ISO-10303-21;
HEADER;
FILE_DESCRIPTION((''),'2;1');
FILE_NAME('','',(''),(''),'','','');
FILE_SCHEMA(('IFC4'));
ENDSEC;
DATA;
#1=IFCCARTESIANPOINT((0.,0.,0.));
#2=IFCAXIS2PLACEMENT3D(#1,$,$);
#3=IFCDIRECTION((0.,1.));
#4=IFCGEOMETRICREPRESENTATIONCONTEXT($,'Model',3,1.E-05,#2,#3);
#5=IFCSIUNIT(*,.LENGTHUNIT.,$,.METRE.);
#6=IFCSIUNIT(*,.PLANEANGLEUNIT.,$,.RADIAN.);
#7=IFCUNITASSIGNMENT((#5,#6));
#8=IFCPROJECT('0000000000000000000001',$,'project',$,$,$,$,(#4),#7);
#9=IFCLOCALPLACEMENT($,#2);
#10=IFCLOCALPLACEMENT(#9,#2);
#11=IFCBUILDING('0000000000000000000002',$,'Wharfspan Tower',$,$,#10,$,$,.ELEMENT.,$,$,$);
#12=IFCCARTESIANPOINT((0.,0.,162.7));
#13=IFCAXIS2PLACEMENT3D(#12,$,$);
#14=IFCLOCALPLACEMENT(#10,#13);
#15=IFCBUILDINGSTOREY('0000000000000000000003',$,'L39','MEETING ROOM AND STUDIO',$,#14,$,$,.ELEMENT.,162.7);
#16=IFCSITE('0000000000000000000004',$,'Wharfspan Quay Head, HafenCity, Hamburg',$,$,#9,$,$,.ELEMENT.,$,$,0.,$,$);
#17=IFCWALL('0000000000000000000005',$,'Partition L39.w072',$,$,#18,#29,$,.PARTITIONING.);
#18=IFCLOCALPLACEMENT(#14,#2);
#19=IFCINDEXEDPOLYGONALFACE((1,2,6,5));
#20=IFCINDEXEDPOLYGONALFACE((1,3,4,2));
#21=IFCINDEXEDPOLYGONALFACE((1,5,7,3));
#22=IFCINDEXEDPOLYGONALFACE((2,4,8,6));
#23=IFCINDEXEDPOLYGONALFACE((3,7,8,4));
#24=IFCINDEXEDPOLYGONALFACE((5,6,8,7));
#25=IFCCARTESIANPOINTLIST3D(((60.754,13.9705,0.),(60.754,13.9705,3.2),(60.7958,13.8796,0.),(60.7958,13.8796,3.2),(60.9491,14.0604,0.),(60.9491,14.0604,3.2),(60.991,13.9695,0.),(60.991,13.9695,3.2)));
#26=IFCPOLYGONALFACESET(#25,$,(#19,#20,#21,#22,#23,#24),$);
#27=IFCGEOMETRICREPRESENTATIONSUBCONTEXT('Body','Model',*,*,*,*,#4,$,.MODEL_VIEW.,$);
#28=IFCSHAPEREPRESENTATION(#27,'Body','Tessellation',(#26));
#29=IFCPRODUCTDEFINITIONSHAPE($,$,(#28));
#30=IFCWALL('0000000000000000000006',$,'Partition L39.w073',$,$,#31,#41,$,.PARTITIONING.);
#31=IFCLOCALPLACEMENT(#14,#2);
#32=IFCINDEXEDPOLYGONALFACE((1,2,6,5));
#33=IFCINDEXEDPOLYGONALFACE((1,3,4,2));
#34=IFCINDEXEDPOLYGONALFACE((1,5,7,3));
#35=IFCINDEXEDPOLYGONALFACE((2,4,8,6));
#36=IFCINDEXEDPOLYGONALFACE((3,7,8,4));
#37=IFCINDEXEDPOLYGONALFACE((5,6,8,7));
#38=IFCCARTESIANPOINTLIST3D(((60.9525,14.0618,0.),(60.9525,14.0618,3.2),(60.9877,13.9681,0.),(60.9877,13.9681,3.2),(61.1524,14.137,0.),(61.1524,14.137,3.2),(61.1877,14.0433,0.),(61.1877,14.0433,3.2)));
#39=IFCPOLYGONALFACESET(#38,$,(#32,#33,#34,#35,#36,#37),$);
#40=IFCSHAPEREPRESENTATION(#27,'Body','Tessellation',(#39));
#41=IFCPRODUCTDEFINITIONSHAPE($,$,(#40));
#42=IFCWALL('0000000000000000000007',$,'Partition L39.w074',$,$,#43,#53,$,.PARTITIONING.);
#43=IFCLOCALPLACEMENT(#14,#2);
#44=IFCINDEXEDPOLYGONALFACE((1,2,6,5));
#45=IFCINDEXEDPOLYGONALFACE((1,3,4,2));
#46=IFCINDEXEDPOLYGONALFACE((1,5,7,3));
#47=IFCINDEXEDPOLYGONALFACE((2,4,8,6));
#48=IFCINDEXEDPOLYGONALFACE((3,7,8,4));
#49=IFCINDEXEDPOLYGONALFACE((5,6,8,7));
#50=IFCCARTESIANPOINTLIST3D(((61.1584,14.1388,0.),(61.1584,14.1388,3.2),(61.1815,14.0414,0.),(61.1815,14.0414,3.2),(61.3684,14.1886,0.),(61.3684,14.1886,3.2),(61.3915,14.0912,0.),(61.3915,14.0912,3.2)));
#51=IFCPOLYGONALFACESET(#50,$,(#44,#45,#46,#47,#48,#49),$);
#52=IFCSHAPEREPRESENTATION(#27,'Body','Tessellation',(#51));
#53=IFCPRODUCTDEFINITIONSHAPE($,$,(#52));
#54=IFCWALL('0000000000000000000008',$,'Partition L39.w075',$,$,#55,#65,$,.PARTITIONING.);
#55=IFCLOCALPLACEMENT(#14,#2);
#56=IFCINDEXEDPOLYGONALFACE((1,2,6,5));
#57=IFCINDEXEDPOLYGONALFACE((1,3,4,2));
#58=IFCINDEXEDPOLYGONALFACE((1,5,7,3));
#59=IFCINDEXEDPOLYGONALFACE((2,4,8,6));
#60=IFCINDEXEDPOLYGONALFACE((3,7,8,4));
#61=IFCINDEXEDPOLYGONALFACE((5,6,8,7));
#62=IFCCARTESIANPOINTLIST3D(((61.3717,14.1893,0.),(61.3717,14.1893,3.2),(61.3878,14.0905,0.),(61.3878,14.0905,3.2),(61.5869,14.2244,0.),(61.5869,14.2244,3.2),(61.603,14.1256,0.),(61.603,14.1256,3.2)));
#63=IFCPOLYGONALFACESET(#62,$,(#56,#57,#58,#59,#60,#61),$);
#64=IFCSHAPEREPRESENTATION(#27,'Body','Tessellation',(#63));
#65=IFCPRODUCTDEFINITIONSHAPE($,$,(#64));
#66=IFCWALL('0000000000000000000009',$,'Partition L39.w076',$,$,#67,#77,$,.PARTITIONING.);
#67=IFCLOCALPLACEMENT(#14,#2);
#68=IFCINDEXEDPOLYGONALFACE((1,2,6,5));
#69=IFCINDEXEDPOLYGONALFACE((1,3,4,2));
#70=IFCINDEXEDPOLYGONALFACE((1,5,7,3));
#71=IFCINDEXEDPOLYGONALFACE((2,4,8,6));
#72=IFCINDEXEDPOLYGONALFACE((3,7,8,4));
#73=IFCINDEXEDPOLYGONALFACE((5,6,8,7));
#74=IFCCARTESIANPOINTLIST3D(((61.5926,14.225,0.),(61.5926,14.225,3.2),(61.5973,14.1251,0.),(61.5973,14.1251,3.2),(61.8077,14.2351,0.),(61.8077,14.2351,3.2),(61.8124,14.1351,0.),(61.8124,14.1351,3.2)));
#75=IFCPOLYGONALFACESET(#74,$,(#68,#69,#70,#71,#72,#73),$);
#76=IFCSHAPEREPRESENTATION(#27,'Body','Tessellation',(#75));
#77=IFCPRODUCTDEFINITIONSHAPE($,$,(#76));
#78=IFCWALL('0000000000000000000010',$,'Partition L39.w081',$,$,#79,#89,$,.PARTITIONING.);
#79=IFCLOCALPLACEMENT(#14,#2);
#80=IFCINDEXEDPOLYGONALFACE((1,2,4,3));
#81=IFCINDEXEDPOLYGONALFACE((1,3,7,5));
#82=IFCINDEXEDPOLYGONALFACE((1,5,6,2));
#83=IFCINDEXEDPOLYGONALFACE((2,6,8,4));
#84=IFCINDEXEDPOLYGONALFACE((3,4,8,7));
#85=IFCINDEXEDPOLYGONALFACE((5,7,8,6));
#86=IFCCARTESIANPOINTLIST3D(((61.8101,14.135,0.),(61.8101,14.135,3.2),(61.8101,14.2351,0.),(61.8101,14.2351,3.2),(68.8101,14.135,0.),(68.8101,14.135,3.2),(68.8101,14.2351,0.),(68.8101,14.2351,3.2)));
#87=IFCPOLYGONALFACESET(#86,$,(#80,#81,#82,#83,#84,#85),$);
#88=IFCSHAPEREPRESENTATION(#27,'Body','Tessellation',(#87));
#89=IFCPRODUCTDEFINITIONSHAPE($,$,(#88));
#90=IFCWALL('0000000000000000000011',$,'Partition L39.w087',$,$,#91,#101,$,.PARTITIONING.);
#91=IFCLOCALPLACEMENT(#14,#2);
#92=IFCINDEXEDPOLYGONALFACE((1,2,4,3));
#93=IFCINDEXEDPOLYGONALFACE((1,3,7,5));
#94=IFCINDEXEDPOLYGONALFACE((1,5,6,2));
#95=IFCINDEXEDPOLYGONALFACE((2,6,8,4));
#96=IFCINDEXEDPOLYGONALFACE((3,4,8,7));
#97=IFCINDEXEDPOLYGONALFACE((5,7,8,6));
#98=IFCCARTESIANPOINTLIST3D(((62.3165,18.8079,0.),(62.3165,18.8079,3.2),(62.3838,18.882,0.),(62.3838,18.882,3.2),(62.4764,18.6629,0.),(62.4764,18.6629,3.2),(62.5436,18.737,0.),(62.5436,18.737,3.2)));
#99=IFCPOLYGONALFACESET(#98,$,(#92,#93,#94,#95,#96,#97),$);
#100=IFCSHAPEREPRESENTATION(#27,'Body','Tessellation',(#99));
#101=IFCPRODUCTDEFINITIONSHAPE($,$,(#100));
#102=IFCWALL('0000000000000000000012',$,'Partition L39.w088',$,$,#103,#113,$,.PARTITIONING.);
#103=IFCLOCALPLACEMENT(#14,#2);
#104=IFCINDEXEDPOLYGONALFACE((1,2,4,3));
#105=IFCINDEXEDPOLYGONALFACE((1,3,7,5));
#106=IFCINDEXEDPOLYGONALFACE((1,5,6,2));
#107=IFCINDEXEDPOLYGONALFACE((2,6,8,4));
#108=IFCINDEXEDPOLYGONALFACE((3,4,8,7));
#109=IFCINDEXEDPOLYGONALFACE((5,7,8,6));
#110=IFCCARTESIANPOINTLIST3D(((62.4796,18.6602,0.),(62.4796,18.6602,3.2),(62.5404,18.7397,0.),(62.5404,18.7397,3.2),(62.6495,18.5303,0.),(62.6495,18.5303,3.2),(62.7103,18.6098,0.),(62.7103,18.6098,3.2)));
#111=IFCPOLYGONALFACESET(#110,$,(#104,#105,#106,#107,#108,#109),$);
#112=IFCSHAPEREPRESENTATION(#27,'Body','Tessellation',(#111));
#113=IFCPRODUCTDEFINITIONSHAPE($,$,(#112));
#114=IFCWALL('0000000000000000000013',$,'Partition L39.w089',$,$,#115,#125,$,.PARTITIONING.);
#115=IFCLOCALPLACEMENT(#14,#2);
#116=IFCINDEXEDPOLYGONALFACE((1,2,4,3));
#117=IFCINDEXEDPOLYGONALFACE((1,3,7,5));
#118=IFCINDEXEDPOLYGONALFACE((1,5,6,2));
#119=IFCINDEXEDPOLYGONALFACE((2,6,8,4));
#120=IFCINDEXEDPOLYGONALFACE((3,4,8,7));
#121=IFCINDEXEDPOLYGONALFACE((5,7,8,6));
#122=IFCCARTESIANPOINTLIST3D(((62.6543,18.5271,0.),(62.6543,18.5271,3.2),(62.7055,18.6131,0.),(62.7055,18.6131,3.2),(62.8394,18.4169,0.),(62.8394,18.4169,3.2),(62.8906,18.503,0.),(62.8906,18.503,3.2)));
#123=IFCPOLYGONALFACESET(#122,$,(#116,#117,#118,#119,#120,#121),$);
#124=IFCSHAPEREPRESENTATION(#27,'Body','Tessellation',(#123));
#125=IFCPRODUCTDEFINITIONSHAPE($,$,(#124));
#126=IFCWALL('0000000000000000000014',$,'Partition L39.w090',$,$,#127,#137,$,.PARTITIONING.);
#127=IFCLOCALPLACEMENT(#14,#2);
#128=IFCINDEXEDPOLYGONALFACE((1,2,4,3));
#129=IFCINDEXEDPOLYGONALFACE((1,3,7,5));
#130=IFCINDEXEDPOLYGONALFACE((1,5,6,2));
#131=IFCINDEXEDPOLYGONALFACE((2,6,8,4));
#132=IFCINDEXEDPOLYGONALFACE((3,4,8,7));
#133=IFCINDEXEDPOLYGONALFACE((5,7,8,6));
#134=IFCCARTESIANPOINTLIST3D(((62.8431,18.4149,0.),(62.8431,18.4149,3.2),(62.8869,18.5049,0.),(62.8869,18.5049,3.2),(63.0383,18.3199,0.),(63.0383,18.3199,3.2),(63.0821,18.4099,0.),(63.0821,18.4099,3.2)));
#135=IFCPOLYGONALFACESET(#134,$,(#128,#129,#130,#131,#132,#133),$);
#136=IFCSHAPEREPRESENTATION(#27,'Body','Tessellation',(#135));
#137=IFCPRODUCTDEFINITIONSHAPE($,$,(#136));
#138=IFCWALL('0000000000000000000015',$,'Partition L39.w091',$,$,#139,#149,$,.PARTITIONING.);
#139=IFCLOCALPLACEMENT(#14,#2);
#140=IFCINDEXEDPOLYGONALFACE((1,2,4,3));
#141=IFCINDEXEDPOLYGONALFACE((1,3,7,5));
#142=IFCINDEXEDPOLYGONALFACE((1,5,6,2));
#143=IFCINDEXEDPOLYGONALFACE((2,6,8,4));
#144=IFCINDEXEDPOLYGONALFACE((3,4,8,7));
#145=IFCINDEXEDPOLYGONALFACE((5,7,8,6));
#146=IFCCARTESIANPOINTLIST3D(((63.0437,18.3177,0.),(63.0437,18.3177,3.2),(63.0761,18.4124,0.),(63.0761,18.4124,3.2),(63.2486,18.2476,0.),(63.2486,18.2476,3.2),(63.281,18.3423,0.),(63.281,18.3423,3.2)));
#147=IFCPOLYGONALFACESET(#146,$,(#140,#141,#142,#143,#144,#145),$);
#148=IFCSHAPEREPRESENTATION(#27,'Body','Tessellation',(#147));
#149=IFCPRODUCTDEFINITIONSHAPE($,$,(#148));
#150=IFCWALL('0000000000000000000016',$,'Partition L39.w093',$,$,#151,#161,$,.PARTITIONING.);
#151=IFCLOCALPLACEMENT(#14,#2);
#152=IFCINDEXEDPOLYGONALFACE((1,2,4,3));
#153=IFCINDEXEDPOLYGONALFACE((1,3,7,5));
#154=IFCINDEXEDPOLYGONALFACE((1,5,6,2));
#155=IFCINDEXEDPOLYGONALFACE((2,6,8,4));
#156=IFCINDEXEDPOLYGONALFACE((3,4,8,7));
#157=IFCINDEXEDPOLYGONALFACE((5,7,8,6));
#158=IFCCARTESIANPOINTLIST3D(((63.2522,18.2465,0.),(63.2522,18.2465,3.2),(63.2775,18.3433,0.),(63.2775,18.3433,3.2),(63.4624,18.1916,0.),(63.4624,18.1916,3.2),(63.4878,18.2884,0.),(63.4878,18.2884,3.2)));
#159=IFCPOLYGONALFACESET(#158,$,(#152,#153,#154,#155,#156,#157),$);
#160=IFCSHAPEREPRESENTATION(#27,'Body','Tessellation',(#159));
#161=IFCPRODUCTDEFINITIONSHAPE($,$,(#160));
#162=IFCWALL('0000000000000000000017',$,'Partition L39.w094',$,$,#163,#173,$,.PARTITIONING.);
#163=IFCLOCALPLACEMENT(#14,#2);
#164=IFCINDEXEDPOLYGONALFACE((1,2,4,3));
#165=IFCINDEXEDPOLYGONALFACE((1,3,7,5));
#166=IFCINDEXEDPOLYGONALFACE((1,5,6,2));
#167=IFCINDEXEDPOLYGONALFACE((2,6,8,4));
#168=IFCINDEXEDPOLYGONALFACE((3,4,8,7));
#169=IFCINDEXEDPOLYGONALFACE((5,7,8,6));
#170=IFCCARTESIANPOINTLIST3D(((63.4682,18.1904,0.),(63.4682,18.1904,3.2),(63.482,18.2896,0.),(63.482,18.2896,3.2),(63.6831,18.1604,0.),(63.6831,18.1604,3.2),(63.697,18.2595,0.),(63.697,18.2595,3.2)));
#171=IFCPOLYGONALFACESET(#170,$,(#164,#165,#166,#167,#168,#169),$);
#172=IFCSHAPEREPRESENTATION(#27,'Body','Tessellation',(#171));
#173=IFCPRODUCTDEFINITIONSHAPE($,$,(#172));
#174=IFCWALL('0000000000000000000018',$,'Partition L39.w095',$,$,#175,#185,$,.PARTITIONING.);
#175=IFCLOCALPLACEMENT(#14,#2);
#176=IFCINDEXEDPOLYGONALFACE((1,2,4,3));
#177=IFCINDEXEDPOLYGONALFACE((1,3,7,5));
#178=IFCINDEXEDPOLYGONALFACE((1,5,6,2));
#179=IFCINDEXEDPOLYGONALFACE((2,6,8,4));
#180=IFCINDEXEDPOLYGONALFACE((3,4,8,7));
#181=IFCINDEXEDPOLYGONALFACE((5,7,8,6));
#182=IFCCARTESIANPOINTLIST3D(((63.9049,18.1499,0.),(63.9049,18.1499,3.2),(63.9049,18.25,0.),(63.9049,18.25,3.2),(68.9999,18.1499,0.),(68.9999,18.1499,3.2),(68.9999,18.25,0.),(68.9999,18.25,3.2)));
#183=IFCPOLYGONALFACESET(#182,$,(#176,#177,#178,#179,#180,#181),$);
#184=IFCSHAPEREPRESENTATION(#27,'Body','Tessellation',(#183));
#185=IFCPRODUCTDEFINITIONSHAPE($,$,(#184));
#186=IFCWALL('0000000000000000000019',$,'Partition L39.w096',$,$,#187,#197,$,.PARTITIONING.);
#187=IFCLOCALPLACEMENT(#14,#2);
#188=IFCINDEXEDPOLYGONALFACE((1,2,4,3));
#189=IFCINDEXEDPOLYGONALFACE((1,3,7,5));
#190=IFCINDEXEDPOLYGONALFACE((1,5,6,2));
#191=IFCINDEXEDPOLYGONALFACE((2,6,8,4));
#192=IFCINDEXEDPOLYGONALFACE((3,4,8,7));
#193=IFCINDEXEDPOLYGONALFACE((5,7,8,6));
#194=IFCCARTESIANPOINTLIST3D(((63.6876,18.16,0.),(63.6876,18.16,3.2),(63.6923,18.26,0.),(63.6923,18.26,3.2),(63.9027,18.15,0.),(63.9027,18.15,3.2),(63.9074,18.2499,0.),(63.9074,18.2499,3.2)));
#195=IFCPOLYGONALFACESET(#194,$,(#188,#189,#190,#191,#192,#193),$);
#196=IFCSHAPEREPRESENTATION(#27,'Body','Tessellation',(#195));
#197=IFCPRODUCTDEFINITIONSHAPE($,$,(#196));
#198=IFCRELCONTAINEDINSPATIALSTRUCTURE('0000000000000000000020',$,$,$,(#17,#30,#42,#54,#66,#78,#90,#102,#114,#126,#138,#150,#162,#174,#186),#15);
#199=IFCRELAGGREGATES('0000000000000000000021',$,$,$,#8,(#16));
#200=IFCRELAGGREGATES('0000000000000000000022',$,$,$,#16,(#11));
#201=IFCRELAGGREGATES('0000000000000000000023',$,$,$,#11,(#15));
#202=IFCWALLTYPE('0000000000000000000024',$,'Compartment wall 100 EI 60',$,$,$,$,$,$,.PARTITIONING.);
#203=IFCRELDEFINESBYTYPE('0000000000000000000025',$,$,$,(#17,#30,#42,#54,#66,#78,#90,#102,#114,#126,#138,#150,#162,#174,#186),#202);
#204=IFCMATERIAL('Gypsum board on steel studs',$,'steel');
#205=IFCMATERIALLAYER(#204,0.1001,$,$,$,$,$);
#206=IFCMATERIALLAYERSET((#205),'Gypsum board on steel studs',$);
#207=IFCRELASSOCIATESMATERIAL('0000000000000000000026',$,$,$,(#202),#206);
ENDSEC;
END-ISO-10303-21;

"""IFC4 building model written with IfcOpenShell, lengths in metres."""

from ifc_helpers import new_model, si_unit, direction, frame, frame_2d, origin, place, context, subcontext, project, spatial, rectangle, extrude, material, layer, layer_set, type_object, element, save


model = new_model("IFC4")

# Units and contexts
model_context = context("Model", 3, precision=1e-05, world=origin(), true_north=direction((0.0, 1.0)))
body_context = subcontext(model_context, "Body", "Model", "MODEL_VIEW")
ifc_project = project(units=[si_unit("LENGTHUNIT", "METRE"), si_unit("PLANEANGLEUNIT", "RADIAN")], contexts=[model_context])

# Site, building, storey
site_placement = place(None, origin())
site = spatial("IfcSite", under=ifc_project, at=site_placement, Name="Wharfspan Quay Head, HafenCity, Hamburg", CompositionType="ELEMENT", RefElevation=0.0)
building_placement = place(site_placement, origin())
building = spatial("IfcBuilding", under=site, at=building_placement, Name="Wharfspan Tower", CompositionType="ELEMENT")
storey_placement = place(building_placement, frame((0.0, 0.0, 162.7)))
storey = spatial("IfcBuildingStorey", under=building, at=storey_placement, Name="L39", Description="MEETING ROOM AND STUDIO", CompositionType="ELEMENT", Elevation=162.7)

# Walls
ifc_material_1 = material(Name="Gypsum board on steel studs", Category="steel")
ifc_layer_1 = layer(ifc_material_1, 0.1001)
ifc_layer_set_1 = layer_set([ifc_layer_1], Name="Gypsum board on steel studs")
wall_type_1 = type_object("IfcWallType", Name="Compartment wall 100 EI 60", PredefinedType="PARTITIONING", material=ifc_layer_set_1)
wall_1_placement = place(storey_placement, frame((60.7749, 13.925, 0.0), z_axis=(0.0, 0.0, 1.0), x_axis=(0.908296, 0.418339, 0.0)))
element("IfcWall", 1, at=wall_1_placement, inside=storey, type_object=wall_type_1, Name="Partition L39.w072", PredefinedType="PARTITIONING", context=body_context, shape_type="SweptSolid", body=[
    extrude(rectangle(XDim=0.2148, YDim=0.1001, at=frame_2d((0.1074, 0.0))), origin(), (0.0, 0.0, 1.0), 3.2),
])
wall_2_placement = place(storey_placement, frame((60.97, 14.0149, 0.0), z_axis=(0.0, 0.0, 1.0), x_axis=(0.936, 0.352, 0.0)))
element("IfcWall", 2, at=wall_2_placement, inside=storey, type_object=wall_type_1, Name="Partition L39.w073", PredefinedType="PARTITIONING", context=body_context, shape_type="SweptSolid", body=[
    extrude(rectangle(XDim=0.2136, YDim=0.1001, at=frame_2d((0.1069, 0.0))), origin(), (0.0, 0.0, 1.0), 3.2),
])
wall_3_placement = place(storey_placement, frame((61.1699, 14.0901, 0.0), z_axis=(0.0, 0.0, 1.0), x_axis=(0.972997, 0.230804, 0.0)))
element("IfcWall", 3, at=wall_3_placement, inside=storey, type_object=wall_type_1, Name="Partition L39.w074", PredefinedType="PARTITIONING", context=body_context, shape_type="SweptSolid", body=[
    extrude(rectangle(XDim=0.2158, YDim=0.1001, at=frame_2d((0.1079, 0.0))), origin(), (0.0, 0.0, 1.0), 3.2),
])
wall_4_placement = place(storey_placement, frame((61.3799, 14.1399, 0.0), z_axis=(0.0, 0.0, 1.0), x_axis=(0.986904, 0.16131, 0.0)))
element("IfcWall", 4, at=wall_4_placement, inside=storey, type_object=wall_type_1, Name="Partition L39.w075", PredefinedType="PARTITIONING", context=body_context, shape_type="SweptSolid", body=[
    extrude(rectangle(XDim=0.218, YDim=0.1001, at=frame_2d((0.1089, 0.0))), origin(), (0.0, 0.0, 1.0), 3.2),
])
wall_5_placement = place(storey_placement, frame((61.595, 14.175, 0.0), z_axis=(0.0, 0.0, 1.0), x_axis=(0.998923, 0.046488, 0.0)))
element("IfcWall", 5, at=wall_5_placement, inside=storey, type_object=wall_type_1, Name="Partition L39.w076", PredefinedType="PARTITIONING", context=body_context, shape_type="SweptSolid", body=[
    extrude(rectangle(XDim=0.2153, YDim=0.1001, at=frame_2d((0.1077, 0.0))), origin(), (0.0, 0.0, 1.0), 3.2),
])
wall_6_placement = place(storey_placement, frame((61.8101, 14.1851, 0.0), z_axis=(0.0, 0.0, 1.0), x_axis=(1.0, 0.0, 0.0)))
element("IfcWall", 6, at=wall_6_placement, inside=storey, type_object=wall_type_1, Name="Partition L39.w081", PredefinedType="PARTITIONING", context=body_context, shape_type="SweptSolid", body=[
    extrude(rectangle(XDim=7.0, YDim=0.1001, at=frame_2d((3.5, 0.0))), origin(), (0.0, 0.0, 1.0), 3.2),
])
wall_7_placement = place(storey_placement, frame((62.51, 18.7, 0.0), z_axis=(0.0, 0.0, 1.0), x_axis=(-0.740762, 0.671775, 0.0)))
element("IfcWall", 7, at=wall_7_placement, inside=storey, type_object=wall_type_1, Name="Partition L39.w087", PredefinedType="PARTITIONING", context=body_context, shape_type="SweptSolid", body=[
    extrude(rectangle(XDim=0.2158, YDim=0.1001, at=frame_2d((0.1079, 0.0))), origin(), (0.0, 0.0, 1.0), 3.2),
])
wall_8_placement = place(storey_placement, frame((62.6799, 18.5701, 0.0), z_axis=(0.0, 0.0, 1.0), x_axis=(-0.794484, 0.607278, 0.0)))
element("IfcWall", 8, at=wall_8_placement, inside=storey, type_object=wall_type_1, Name="Partition L39.w088", PredefinedType="PARTITIONING", context=body_context, shape_type="SweptSolid", body=[
    extrude(rectangle(XDim=0.2139, YDim=0.1001, at=frame_2d((0.1069, 0.0))), origin(), (0.0, 0.0, 1.0), 3.2),
])
wall_9_placement = place(storey_placement, frame((62.865, 18.46, 0.0), z_axis=(0.0, 0.0, 1.0), x_axis=(-0.859387, 0.511324, 0.0)))
element("IfcWall", 9, at=wall_9_placement, inside=storey, type_object=wall_type_1, Name="Partition L39.w089", PredefinedType="PARTITIONING", context=body_context, shape_type="SweptSolid", body=[
    extrude(rectangle(XDim=0.2153, YDim=0.1001, at=frame_2d((0.1077, 0.0))), origin(), (0.0, 0.0, 1.0), 3.2),
])
wall_10_placement = place(storey_placement, frame((63.0601, 18.365, 0.0), z_axis=(0.0, 0.0, 1.0), x_axis=(-0.899103, 0.437736, 0.0)))
element("IfcWall", 10, at=wall_10_placement, inside=storey, type_object=wall_type_1, Name="Partition L39.w090", PredefinedType="PARTITIONING", context=body_context, shape_type="SweptSolid", body=[
    extrude(rectangle(XDim=0.217, YDim=0.1001, at=frame_2d((0.1084, 0.0))), origin(), (0.0, 0.0, 1.0), 3.2),
])
wall_11_placement = place(storey_placement, frame((63.2649, 18.2949, 0.0), z_axis=(0.0, 0.0, 1.0), x_axis=(-0.94617, 0.32366, 0.0)))
element("IfcWall", 11, at=wall_11_placement, inside=storey, type_object=wall_type_1, Name="Partition L39.w091", PredefinedType="PARTITIONING", context=body_context, shape_type="SweptSolid", body=[
    extrude(rectangle(XDim=0.2166, YDim=0.1001, at=frame_2d((0.1084, 0.0))), origin(), (0.0, 0.0, 1.0), 3.2),
])
wall_12_placement = place(storey_placement, frame((63.4751, 18.24, 0.0), z_axis=(0.0, 0.0, 1.0), x_axis=(-0.967508, 0.252833, 0.0)))
element("IfcWall", 12, at=wall_12_placement, inside=storey, type_object=wall_type_1, Name="Partition L39.w093", PredefinedType="PARTITIONING", context=body_context, shape_type="SweptSolid", body=[
    extrude(rectangle(XDim=0.2173, YDim=0.1001, at=frame_2d((0.1086, 0.0))), origin(), (0.0, 0.0, 1.0), 3.2),
])
wall_13_placement = place(storey_placement, frame((63.6899, 18.21, 0.0), z_axis=(0.0, 0.0, 1.0), x_axis=(-0.990372, 0.138427, 0.0)))
element("IfcWall", 13, at=wall_13_placement, inside=storey, type_object=wall_type_1, Name="Partition L39.w094", PredefinedType="PARTITIONING", context=body_context, shape_type="SweptSolid", body=[
    extrude(rectangle(XDim=0.217, YDim=0.1001, at=frame_2d((0.1084, 0.0))), origin(), (0.0, 0.0, 1.0), 3.2),
])
wall_14_placement = place(storey_placement, frame((63.905, 18.2, 0.0), z_axis=(0.0, 0.0, 1.0), x_axis=(1.0, 0.0, 0.0)))
element("IfcWall", 14, at=wall_14_placement, inside=storey, type_object=wall_type_1, Name="Partition L39.w095", PredefinedType="PARTITIONING", context=body_context, shape_type="SweptSolid", body=[
    extrude(rectangle(XDim=5.095, YDim=0.1001, at=frame_2d((2.5474, 0.0))), origin(), (0.0, 0.0, 1.0), 3.2),
])
wall_15_placement = place(storey_placement, frame((63.905, 18.2, 0.0), z_axis=(0.0, 0.0, 1.0), x_axis=(-0.998923, 0.046488, 0.0)))
element("IfcWall", 15, at=wall_15_placement, inside=storey, type_object=wall_type_1, Name="Partition L39.w096", PredefinedType="PARTITIONING", context=body_context, shape_type="SweptSolid", body=[
    extrude(rectangle(XDim=0.2153, YDim=0.1001, at=frame_2d((0.1077, 0.0))), origin(), (0.0, 0.0, 1.0), 3.2),
])

save(model, "model.ifc")
